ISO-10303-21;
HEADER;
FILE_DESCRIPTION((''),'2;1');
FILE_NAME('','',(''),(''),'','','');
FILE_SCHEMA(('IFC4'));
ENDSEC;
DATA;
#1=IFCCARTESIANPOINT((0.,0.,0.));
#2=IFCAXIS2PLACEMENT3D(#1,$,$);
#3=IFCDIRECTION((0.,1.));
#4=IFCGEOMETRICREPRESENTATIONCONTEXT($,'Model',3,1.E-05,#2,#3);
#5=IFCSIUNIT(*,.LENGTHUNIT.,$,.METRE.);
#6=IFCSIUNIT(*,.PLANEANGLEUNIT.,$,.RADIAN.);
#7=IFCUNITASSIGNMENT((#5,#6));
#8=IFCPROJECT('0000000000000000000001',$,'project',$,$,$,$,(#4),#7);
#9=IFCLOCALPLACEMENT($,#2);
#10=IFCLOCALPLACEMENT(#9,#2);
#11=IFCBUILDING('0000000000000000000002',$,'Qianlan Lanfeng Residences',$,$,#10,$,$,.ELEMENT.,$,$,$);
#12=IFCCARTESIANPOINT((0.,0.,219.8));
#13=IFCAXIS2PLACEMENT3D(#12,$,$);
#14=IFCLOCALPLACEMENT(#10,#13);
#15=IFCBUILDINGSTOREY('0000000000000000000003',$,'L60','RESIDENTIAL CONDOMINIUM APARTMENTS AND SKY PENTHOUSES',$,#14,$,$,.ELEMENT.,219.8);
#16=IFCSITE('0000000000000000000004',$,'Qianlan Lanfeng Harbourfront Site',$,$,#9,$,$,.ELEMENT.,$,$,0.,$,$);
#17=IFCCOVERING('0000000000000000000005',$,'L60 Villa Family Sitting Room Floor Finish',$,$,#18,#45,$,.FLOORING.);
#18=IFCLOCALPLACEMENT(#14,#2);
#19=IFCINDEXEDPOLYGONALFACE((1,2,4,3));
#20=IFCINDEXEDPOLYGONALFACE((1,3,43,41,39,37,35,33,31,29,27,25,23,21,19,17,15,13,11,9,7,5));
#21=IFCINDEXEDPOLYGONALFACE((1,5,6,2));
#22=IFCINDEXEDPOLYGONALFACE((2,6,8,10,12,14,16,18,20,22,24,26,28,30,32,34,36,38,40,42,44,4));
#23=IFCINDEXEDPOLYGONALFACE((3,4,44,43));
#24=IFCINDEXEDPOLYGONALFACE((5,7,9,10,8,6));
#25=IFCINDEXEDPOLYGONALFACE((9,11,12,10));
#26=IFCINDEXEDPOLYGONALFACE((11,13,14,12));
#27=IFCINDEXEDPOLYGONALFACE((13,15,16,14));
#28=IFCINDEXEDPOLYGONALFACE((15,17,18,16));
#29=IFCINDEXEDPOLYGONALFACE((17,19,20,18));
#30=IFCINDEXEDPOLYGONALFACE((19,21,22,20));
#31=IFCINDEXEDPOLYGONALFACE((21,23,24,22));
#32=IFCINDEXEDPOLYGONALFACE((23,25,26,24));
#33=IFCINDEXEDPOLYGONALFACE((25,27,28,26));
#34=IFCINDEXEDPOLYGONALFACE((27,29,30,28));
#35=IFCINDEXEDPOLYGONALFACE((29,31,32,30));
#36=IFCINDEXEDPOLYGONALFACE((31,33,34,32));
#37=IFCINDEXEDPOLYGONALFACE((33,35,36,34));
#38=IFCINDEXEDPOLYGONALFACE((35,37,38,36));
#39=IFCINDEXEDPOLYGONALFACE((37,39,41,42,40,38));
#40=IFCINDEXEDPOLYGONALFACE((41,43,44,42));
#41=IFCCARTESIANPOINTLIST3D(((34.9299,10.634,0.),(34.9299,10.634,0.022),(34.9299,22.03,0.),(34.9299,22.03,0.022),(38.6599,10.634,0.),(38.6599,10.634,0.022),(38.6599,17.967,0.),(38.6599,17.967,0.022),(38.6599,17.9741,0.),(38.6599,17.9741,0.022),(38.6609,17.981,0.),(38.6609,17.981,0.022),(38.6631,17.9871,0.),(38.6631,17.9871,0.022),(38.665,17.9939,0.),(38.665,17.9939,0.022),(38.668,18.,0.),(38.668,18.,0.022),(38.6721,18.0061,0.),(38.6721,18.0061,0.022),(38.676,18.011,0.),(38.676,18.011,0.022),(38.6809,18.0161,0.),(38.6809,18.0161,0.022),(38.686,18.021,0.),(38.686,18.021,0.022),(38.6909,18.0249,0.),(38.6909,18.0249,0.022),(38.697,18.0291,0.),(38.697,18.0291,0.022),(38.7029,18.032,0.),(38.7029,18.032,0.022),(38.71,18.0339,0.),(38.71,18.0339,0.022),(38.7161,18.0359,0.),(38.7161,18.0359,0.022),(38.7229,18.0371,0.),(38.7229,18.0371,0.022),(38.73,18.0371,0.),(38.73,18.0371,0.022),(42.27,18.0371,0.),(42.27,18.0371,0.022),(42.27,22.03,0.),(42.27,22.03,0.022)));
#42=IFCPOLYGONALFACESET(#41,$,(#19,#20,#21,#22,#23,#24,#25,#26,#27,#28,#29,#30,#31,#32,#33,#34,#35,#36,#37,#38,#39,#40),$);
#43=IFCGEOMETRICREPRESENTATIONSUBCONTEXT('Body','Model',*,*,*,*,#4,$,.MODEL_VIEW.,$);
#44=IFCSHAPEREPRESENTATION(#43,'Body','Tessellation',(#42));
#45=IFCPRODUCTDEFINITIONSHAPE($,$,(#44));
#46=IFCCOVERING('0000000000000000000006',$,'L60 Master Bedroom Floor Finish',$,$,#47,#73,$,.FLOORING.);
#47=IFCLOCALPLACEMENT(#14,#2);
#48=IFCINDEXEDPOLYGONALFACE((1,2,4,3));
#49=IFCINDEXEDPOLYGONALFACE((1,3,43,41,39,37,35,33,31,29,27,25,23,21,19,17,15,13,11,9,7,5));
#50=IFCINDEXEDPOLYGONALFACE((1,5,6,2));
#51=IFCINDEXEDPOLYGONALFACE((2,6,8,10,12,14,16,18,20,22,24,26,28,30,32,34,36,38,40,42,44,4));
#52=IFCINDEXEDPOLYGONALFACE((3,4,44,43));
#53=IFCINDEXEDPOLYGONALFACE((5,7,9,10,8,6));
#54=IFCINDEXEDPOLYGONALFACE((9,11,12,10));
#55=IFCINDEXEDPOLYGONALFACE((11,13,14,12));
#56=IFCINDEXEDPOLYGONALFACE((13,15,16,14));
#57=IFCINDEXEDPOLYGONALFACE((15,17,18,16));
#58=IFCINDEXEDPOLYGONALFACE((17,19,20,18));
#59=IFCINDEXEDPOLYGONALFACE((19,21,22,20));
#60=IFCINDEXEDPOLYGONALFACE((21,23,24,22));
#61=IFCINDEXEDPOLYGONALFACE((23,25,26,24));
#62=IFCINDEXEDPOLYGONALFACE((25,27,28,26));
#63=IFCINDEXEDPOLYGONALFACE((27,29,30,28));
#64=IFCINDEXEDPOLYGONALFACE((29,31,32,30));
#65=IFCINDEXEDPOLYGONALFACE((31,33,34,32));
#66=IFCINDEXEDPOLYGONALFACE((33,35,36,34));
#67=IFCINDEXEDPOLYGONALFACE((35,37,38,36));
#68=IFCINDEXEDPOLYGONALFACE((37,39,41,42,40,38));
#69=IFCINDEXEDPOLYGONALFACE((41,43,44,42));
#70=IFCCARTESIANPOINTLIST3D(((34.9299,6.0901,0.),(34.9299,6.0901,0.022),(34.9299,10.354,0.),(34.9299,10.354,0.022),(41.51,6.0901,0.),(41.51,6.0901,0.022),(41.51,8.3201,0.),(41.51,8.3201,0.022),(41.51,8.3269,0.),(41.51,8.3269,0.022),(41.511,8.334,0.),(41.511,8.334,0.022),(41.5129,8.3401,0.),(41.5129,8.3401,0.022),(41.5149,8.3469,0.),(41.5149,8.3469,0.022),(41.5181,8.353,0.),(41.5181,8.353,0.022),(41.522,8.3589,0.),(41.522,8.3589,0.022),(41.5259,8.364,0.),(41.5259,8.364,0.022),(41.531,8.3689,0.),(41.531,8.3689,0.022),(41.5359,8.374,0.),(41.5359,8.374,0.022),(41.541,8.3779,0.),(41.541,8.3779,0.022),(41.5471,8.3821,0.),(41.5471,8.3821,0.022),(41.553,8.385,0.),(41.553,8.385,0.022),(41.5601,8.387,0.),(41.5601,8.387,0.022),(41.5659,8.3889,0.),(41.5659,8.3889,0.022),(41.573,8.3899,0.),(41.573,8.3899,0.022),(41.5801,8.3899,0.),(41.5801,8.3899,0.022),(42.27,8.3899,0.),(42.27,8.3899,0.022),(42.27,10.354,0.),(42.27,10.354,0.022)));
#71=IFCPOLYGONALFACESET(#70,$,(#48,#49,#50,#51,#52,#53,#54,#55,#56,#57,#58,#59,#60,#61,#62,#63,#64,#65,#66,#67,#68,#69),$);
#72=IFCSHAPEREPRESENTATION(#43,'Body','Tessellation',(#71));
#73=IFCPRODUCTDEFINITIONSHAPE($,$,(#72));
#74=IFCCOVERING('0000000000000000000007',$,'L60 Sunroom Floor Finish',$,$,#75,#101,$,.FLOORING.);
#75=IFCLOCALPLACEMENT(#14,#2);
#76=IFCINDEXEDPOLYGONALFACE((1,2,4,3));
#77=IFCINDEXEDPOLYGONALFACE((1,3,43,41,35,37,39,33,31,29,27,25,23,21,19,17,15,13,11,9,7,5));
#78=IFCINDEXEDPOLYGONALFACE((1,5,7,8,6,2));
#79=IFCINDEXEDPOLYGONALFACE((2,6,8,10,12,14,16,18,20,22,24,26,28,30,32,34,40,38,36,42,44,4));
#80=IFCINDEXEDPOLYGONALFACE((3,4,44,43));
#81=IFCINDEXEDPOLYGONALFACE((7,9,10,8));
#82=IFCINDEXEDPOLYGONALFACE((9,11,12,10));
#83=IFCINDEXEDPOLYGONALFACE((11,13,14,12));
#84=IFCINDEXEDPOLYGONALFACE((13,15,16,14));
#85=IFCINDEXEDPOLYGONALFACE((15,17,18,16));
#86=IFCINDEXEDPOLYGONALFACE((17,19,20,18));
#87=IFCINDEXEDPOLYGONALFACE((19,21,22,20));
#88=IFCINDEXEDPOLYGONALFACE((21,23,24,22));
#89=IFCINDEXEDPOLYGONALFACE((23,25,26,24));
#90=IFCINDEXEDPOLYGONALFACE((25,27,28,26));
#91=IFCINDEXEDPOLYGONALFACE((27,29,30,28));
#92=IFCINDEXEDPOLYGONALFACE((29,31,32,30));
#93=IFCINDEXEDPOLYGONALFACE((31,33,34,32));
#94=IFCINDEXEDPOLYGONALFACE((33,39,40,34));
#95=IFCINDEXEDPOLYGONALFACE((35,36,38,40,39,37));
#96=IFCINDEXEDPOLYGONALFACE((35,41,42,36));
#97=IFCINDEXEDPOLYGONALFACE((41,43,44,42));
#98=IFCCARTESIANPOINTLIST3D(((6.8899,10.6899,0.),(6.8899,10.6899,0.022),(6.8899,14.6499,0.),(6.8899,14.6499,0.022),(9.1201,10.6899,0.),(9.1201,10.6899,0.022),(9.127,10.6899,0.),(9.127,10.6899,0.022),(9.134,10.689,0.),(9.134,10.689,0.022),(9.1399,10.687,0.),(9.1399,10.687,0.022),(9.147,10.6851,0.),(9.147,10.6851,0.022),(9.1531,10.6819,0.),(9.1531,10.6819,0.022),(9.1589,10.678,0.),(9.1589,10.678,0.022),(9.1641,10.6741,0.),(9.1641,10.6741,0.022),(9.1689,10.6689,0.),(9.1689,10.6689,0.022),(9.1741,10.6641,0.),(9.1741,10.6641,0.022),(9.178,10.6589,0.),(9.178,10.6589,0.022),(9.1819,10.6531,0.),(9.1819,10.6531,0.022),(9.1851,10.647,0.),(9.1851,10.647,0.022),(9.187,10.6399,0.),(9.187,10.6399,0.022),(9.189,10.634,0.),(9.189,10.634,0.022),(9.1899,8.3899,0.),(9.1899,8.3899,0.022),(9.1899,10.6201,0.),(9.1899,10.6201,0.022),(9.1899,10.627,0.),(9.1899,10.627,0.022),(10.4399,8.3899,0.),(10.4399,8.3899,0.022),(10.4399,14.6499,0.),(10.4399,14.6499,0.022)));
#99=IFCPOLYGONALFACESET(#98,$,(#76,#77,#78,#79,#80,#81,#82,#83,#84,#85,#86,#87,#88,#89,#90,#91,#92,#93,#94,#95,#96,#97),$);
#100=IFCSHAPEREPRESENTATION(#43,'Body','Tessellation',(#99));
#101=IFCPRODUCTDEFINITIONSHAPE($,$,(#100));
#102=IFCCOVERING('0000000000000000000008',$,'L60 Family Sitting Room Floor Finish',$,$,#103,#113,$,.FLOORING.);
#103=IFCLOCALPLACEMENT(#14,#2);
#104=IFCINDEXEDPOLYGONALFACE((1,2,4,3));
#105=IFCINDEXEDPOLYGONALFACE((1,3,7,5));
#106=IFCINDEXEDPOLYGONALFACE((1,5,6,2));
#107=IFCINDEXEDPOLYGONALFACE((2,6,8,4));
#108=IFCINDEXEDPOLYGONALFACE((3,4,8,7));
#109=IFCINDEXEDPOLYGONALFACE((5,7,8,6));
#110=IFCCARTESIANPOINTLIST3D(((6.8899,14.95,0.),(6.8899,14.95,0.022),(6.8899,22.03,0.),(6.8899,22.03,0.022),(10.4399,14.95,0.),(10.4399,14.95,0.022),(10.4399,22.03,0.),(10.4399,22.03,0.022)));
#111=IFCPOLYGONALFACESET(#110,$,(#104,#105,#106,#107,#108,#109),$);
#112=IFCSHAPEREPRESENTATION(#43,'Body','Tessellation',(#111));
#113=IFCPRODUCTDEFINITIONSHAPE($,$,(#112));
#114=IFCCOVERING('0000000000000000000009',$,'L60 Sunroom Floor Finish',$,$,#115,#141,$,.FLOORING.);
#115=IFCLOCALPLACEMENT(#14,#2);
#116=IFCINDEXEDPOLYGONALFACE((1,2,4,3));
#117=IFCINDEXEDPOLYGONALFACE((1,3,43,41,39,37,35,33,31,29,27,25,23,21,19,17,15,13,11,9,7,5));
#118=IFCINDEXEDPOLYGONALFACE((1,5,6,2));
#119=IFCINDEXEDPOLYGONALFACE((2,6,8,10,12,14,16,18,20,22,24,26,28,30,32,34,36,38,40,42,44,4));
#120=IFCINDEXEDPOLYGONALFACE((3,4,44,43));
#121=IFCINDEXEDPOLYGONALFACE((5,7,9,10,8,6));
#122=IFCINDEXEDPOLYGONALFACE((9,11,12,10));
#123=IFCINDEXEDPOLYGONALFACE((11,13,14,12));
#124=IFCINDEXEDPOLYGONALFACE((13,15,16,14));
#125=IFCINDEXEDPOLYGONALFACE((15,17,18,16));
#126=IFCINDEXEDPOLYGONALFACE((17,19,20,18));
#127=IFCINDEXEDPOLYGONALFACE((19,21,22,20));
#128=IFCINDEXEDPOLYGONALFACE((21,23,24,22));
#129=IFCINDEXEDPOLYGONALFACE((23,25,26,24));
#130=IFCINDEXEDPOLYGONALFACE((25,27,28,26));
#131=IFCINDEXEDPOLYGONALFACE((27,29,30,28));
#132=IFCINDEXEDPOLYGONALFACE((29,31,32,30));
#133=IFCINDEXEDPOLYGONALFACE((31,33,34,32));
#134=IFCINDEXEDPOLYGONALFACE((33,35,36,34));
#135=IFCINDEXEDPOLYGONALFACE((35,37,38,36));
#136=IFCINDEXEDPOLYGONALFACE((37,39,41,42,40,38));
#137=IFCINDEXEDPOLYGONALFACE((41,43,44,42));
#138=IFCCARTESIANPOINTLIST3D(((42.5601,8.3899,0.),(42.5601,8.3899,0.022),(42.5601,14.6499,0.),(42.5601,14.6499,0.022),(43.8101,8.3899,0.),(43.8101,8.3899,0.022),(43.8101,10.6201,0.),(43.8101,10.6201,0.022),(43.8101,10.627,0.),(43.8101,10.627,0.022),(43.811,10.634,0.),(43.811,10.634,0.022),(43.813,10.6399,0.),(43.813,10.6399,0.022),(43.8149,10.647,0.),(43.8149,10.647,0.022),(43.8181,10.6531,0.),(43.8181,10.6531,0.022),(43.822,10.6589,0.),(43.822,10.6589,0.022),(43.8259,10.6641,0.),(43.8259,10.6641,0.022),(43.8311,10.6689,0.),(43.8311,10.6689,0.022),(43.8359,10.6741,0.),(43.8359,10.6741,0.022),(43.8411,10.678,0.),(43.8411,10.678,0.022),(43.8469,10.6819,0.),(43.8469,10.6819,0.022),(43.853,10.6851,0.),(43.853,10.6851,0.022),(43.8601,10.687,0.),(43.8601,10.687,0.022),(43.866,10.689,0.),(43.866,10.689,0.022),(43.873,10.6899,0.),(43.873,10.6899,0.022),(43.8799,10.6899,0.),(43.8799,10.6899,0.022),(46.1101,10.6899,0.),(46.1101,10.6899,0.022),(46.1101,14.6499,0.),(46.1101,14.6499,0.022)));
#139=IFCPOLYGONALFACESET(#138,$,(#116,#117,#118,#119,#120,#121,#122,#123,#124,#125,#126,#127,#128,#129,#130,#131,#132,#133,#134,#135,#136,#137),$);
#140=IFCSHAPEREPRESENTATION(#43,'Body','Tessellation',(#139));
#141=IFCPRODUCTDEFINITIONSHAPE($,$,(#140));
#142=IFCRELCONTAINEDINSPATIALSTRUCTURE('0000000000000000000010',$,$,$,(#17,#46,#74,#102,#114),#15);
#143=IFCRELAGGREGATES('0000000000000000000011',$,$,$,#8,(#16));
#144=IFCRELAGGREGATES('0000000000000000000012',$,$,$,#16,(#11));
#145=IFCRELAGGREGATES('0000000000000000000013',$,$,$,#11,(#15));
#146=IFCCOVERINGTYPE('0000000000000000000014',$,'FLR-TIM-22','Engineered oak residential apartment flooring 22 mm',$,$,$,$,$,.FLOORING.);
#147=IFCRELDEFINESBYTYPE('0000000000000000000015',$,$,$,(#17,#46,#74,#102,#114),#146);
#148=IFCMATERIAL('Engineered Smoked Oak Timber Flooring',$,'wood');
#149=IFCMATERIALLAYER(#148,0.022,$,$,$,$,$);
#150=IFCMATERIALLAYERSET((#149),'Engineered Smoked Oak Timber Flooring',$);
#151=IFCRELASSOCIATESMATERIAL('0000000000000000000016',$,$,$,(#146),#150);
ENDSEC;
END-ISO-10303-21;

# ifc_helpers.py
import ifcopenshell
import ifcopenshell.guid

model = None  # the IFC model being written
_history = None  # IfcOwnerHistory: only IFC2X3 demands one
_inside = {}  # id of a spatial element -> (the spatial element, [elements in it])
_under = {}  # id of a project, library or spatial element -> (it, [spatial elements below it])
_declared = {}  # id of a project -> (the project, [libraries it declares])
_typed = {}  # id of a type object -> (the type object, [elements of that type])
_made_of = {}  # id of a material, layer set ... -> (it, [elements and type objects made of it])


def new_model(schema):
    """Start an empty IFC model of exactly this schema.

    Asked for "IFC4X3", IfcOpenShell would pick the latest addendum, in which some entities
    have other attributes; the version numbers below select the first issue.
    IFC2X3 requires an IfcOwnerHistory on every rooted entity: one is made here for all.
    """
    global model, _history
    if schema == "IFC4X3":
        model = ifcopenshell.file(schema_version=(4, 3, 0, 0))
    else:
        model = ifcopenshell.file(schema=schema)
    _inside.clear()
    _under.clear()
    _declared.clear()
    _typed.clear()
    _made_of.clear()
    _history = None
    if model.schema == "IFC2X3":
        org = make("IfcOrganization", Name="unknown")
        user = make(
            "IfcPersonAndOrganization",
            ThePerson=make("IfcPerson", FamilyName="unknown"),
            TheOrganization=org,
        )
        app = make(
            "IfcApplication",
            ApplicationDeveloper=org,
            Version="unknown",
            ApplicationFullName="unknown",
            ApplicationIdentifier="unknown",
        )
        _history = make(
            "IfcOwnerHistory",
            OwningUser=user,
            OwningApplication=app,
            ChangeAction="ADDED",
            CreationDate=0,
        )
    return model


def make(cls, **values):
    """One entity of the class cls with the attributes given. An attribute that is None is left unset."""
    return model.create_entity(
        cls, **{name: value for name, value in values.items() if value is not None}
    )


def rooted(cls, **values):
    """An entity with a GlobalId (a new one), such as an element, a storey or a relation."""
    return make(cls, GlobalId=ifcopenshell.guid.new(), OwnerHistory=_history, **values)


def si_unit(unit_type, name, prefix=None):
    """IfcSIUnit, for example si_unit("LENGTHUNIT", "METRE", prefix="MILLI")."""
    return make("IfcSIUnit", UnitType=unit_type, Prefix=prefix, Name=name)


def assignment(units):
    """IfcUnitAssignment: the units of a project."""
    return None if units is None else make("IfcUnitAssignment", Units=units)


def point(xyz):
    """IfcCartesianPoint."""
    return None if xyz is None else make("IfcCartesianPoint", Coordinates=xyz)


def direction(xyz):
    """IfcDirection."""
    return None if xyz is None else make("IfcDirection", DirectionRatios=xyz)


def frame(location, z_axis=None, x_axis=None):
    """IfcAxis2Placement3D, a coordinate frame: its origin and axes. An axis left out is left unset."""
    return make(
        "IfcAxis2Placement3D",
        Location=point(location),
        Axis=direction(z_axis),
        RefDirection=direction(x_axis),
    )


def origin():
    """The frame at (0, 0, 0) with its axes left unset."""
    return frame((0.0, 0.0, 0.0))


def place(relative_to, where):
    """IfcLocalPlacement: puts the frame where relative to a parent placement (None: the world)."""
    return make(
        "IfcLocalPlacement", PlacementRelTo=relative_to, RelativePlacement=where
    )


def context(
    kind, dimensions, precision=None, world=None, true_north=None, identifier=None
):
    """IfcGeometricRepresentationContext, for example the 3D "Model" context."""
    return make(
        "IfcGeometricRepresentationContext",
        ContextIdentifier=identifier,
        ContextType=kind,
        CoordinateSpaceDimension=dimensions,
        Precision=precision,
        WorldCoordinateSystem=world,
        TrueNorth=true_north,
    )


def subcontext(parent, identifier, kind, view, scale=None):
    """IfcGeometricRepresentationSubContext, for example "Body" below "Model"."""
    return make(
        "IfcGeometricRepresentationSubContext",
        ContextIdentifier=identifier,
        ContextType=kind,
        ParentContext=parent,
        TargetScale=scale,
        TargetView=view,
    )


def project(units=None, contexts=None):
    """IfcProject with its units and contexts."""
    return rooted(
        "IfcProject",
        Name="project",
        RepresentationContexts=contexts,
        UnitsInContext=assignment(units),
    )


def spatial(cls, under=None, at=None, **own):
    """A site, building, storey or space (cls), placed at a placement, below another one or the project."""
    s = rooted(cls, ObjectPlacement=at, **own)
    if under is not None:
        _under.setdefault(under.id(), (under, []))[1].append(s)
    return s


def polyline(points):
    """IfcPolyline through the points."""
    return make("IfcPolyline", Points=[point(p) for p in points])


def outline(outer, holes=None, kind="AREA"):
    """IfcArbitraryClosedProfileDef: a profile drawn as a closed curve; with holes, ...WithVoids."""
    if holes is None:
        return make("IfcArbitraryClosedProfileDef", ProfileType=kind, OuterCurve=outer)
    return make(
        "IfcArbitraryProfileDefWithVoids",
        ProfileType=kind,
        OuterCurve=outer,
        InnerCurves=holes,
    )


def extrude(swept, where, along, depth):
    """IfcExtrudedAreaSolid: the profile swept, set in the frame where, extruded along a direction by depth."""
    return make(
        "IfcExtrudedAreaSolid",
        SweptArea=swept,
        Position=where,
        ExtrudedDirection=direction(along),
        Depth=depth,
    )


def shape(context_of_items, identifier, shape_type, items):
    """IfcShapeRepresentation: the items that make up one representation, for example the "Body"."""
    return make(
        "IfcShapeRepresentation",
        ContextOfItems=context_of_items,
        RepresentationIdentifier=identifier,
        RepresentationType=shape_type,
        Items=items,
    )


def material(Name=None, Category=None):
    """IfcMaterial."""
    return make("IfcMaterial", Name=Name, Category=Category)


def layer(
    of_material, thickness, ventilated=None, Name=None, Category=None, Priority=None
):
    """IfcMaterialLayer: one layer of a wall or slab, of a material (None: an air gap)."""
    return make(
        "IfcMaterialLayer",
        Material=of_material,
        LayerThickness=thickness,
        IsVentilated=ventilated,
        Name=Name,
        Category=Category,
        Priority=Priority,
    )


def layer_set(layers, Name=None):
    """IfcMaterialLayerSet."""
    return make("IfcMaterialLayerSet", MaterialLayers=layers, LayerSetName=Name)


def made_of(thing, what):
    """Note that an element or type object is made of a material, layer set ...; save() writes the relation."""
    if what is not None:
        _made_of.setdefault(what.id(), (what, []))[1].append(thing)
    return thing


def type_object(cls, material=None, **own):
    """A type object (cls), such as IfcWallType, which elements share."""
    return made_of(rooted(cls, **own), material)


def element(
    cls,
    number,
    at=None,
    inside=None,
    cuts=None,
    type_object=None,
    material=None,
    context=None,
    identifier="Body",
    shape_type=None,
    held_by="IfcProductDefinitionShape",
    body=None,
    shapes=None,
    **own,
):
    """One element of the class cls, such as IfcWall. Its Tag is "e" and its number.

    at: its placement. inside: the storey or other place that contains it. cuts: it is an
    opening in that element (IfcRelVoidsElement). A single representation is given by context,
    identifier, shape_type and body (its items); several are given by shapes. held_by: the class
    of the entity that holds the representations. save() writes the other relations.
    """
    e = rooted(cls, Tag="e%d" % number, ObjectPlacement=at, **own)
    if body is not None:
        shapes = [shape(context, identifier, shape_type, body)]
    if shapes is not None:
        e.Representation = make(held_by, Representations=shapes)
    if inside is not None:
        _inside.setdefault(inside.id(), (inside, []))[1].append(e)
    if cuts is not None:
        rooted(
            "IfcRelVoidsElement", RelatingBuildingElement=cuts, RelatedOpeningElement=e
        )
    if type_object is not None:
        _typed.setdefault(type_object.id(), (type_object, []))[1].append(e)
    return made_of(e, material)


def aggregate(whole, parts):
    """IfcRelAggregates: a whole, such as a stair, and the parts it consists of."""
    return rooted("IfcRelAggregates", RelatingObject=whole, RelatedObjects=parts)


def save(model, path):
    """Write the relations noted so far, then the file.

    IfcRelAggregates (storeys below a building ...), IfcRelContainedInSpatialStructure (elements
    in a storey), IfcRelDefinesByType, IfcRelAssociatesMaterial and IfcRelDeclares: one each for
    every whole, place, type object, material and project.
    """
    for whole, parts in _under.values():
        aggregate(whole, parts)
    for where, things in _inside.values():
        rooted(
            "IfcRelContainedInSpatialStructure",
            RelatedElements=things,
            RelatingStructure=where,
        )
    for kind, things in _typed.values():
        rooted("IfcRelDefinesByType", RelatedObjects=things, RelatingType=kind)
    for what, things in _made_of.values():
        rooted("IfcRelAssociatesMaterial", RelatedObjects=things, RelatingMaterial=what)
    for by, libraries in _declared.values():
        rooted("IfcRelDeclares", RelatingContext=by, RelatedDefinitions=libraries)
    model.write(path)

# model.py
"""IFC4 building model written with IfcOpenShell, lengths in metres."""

from ifc_helpers import new_model, si_unit, direction, frame, origin, place, context, subcontext, project, spatial, polyline, outline, extrude, material, layer, layer_set, type_object, element, save


model = new_model("IFC4")

# Units and contexts
model_context = context("Model", 3, precision=1e-05, world=origin(), true_north=direction((0.0, 1.0)))
body_context = subcontext(model_context, "Body", "Model", "MODEL_VIEW")
ifc_project = project(units=[si_unit("LENGTHUNIT", "METRE"), si_unit("PLANEANGLEUNIT", "RADIAN")], contexts=[model_context])

# Site, building, storey
site_placement = place(None, origin())
site = spatial("IfcSite", under=ifc_project, at=site_placement, Name="Qianlan Lanfeng Harbourfront Site", CompositionType="ELEMENT", RefElevation=0.0)
building_placement = place(site_placement, origin())
building = spatial("IfcBuilding", under=site, at=building_placement, Name="Qianlan Lanfeng Residences", CompositionType="ELEMENT")
storey_placement = place(building_placement, frame((0.0, 0.0, 219.8)))
storey = spatial("IfcBuildingStorey", under=building, at=storey_placement, Name="L60", Description="RESIDENTIAL CONDOMINIUM APARTMENTS AND SKY PENTHOUSES", CompositionType="ELEMENT", Elevation=219.8)

# Coverings
ifc_material_1 = material(Name="Engineered Smoked Oak Timber Flooring", Category="wood")
ifc_layer_1 = layer(ifc_material_1, 0.022)
ifc_layer_set_1 = layer_set([ifc_layer_1], Name="Engineered Smoked Oak Timber Flooring")
covering_type_1 = type_object("IfcCoveringType", Name="FLR-TIM-22", Description="Engineered oak residential apartment flooring 22 mm", PredefinedType="FLOORING", material=ifc_layer_set_1)
covering_1_placement = place(storey_placement, origin())
element("IfcCovering", 1, at=covering_1_placement, inside=storey, type_object=covering_type_1, Name="L60 Villa Family Sitting Room Floor Finish", PredefinedType="FLOORING", context=body_context, shape_type="SweptSolid", body=[
    extrude(outline(polyline([(34.9299, 10.634), (38.6599, 10.634), (38.6599, 17.967), (38.6599, 17.9741), (38.6609, 17.981), (38.6631, 17.9871), (38.665, 17.9939), (38.668, 18.0), (38.6721, 18.0061), (38.676, 18.011), (38.6809, 18.0161), (38.686, 18.021), (38.6909, 18.0249), (38.697, 18.0291), (38.7029, 18.032), (38.71, 18.0339), (38.7161, 18.0359), (38.7229, 18.0371), (38.73, 18.0371), (42.27, 18.0371), (42.27, 22.03), (34.9299, 22.03), (34.9299, 10.634)])), origin(), (0.0, 0.0, 1.0), 0.022),
])
covering_2_placement = place(storey_placement, origin())
element("IfcCovering", 2, at=covering_2_placement, inside=storey, type_object=covering_type_1, Name="L60 Master Bedroom Floor Finish", PredefinedType="FLOORING", context=body_context, shape_type="SweptSolid", body=[
    extrude(outline(polyline([(34.9299, 10.354), (34.9299, 6.0901), (41.51, 6.0901), (41.51, 8.3201), (41.51, 8.3269), (41.511, 8.334), (41.5129, 8.3401), (41.5149, 8.3469), (41.5181, 8.353), (41.522, 8.3589), (41.5259, 8.364), (41.531, 8.3689), (41.5359, 8.374), (41.541, 8.3779), (41.5471, 8.3821), (41.553, 8.385), (41.5601, 8.387), (41.5659, 8.3889), (41.573, 8.3899), (41.5801, 8.3899), (42.27, 8.3899), (42.27, 10.354), (34.9299, 10.354)])), origin(), (0.0, 0.0, 1.0), 0.022),
])
covering_3_placement = place(storey_placement, origin())
element("IfcCovering", 3, at=covering_3_placement, inside=storey, type_object=covering_type_1, Name="L60 Sunroom Floor Finish", PredefinedType="FLOORING", context=body_context, shape_type="SweptSolid", body=[
    extrude(outline(polyline([(10.4399, 14.6499), (6.8899, 14.6499), (6.8899, 10.6899), (9.1201, 10.6899), (9.127, 10.6899), (9.134, 10.689), (9.1399, 10.687), (9.147, 10.6851), (9.1531, 10.6819), (9.1589, 10.678), (9.1641, 10.6741), (9.1689, 10.6689), (9.1741, 10.6641), (9.178, 10.6589), (9.1819, 10.6531), (9.1851, 10.647), (9.187, 10.6399), (9.189, 10.634), (9.1899, 10.627), (9.1899, 10.6201), (9.1899, 8.3899), (10.4399, 8.3899), (10.4399, 14.6499)])), origin(), (0.0, 0.0, 1.0), 0.022),
])
covering_4_placement = place(storey_placement, origin())
element("IfcCovering", 4, at=covering_4_placement, inside=storey, type_object=covering_type_1, Name="L60 Family Sitting Room Floor Finish", PredefinedType="FLOORING", context=body_context, shape_type="SweptSolid", body=[
    extrude(outline(polyline([(10.4399, 22.03), (6.8899, 22.03), (6.8899, 14.95), (10.4399, 14.95), (10.4399, 22.03)])), origin(), (0.0, 0.0, 1.0), 0.022),
])
covering_5_placement = place(storey_placement, origin())
element("IfcCovering", 5, at=covering_5_placement, inside=storey, type_object=covering_type_1, Name="L60 Sunroom Floor Finish", PredefinedType="FLOORING", context=body_context, shape_type="SweptSolid", body=[
    extrude(outline(polyline([(46.1101, 14.6499), (42.5601, 14.6499), (42.5601, 8.3899), (43.8101, 8.3899), (43.8101, 10.6201), (43.8101, 10.627), (43.811, 10.634), (43.813, 10.6399), (43.8149, 10.647), (43.8181, 10.6531), (43.822, 10.6589), (43.8259, 10.6641), (43.8311, 10.6689), (43.8359, 10.6741), (43.8411, 10.678), (43.8469, 10.6819), (43.853, 10.6851), (43.8601, 10.687), (43.866, 10.689), (43.873, 10.6899), (43.8799, 10.6899), (46.1101, 10.6899), (46.1101, 14.6499)])), origin(), (0.0, 0.0, 1.0), 0.022),
])

save(model, "model.ifc")
